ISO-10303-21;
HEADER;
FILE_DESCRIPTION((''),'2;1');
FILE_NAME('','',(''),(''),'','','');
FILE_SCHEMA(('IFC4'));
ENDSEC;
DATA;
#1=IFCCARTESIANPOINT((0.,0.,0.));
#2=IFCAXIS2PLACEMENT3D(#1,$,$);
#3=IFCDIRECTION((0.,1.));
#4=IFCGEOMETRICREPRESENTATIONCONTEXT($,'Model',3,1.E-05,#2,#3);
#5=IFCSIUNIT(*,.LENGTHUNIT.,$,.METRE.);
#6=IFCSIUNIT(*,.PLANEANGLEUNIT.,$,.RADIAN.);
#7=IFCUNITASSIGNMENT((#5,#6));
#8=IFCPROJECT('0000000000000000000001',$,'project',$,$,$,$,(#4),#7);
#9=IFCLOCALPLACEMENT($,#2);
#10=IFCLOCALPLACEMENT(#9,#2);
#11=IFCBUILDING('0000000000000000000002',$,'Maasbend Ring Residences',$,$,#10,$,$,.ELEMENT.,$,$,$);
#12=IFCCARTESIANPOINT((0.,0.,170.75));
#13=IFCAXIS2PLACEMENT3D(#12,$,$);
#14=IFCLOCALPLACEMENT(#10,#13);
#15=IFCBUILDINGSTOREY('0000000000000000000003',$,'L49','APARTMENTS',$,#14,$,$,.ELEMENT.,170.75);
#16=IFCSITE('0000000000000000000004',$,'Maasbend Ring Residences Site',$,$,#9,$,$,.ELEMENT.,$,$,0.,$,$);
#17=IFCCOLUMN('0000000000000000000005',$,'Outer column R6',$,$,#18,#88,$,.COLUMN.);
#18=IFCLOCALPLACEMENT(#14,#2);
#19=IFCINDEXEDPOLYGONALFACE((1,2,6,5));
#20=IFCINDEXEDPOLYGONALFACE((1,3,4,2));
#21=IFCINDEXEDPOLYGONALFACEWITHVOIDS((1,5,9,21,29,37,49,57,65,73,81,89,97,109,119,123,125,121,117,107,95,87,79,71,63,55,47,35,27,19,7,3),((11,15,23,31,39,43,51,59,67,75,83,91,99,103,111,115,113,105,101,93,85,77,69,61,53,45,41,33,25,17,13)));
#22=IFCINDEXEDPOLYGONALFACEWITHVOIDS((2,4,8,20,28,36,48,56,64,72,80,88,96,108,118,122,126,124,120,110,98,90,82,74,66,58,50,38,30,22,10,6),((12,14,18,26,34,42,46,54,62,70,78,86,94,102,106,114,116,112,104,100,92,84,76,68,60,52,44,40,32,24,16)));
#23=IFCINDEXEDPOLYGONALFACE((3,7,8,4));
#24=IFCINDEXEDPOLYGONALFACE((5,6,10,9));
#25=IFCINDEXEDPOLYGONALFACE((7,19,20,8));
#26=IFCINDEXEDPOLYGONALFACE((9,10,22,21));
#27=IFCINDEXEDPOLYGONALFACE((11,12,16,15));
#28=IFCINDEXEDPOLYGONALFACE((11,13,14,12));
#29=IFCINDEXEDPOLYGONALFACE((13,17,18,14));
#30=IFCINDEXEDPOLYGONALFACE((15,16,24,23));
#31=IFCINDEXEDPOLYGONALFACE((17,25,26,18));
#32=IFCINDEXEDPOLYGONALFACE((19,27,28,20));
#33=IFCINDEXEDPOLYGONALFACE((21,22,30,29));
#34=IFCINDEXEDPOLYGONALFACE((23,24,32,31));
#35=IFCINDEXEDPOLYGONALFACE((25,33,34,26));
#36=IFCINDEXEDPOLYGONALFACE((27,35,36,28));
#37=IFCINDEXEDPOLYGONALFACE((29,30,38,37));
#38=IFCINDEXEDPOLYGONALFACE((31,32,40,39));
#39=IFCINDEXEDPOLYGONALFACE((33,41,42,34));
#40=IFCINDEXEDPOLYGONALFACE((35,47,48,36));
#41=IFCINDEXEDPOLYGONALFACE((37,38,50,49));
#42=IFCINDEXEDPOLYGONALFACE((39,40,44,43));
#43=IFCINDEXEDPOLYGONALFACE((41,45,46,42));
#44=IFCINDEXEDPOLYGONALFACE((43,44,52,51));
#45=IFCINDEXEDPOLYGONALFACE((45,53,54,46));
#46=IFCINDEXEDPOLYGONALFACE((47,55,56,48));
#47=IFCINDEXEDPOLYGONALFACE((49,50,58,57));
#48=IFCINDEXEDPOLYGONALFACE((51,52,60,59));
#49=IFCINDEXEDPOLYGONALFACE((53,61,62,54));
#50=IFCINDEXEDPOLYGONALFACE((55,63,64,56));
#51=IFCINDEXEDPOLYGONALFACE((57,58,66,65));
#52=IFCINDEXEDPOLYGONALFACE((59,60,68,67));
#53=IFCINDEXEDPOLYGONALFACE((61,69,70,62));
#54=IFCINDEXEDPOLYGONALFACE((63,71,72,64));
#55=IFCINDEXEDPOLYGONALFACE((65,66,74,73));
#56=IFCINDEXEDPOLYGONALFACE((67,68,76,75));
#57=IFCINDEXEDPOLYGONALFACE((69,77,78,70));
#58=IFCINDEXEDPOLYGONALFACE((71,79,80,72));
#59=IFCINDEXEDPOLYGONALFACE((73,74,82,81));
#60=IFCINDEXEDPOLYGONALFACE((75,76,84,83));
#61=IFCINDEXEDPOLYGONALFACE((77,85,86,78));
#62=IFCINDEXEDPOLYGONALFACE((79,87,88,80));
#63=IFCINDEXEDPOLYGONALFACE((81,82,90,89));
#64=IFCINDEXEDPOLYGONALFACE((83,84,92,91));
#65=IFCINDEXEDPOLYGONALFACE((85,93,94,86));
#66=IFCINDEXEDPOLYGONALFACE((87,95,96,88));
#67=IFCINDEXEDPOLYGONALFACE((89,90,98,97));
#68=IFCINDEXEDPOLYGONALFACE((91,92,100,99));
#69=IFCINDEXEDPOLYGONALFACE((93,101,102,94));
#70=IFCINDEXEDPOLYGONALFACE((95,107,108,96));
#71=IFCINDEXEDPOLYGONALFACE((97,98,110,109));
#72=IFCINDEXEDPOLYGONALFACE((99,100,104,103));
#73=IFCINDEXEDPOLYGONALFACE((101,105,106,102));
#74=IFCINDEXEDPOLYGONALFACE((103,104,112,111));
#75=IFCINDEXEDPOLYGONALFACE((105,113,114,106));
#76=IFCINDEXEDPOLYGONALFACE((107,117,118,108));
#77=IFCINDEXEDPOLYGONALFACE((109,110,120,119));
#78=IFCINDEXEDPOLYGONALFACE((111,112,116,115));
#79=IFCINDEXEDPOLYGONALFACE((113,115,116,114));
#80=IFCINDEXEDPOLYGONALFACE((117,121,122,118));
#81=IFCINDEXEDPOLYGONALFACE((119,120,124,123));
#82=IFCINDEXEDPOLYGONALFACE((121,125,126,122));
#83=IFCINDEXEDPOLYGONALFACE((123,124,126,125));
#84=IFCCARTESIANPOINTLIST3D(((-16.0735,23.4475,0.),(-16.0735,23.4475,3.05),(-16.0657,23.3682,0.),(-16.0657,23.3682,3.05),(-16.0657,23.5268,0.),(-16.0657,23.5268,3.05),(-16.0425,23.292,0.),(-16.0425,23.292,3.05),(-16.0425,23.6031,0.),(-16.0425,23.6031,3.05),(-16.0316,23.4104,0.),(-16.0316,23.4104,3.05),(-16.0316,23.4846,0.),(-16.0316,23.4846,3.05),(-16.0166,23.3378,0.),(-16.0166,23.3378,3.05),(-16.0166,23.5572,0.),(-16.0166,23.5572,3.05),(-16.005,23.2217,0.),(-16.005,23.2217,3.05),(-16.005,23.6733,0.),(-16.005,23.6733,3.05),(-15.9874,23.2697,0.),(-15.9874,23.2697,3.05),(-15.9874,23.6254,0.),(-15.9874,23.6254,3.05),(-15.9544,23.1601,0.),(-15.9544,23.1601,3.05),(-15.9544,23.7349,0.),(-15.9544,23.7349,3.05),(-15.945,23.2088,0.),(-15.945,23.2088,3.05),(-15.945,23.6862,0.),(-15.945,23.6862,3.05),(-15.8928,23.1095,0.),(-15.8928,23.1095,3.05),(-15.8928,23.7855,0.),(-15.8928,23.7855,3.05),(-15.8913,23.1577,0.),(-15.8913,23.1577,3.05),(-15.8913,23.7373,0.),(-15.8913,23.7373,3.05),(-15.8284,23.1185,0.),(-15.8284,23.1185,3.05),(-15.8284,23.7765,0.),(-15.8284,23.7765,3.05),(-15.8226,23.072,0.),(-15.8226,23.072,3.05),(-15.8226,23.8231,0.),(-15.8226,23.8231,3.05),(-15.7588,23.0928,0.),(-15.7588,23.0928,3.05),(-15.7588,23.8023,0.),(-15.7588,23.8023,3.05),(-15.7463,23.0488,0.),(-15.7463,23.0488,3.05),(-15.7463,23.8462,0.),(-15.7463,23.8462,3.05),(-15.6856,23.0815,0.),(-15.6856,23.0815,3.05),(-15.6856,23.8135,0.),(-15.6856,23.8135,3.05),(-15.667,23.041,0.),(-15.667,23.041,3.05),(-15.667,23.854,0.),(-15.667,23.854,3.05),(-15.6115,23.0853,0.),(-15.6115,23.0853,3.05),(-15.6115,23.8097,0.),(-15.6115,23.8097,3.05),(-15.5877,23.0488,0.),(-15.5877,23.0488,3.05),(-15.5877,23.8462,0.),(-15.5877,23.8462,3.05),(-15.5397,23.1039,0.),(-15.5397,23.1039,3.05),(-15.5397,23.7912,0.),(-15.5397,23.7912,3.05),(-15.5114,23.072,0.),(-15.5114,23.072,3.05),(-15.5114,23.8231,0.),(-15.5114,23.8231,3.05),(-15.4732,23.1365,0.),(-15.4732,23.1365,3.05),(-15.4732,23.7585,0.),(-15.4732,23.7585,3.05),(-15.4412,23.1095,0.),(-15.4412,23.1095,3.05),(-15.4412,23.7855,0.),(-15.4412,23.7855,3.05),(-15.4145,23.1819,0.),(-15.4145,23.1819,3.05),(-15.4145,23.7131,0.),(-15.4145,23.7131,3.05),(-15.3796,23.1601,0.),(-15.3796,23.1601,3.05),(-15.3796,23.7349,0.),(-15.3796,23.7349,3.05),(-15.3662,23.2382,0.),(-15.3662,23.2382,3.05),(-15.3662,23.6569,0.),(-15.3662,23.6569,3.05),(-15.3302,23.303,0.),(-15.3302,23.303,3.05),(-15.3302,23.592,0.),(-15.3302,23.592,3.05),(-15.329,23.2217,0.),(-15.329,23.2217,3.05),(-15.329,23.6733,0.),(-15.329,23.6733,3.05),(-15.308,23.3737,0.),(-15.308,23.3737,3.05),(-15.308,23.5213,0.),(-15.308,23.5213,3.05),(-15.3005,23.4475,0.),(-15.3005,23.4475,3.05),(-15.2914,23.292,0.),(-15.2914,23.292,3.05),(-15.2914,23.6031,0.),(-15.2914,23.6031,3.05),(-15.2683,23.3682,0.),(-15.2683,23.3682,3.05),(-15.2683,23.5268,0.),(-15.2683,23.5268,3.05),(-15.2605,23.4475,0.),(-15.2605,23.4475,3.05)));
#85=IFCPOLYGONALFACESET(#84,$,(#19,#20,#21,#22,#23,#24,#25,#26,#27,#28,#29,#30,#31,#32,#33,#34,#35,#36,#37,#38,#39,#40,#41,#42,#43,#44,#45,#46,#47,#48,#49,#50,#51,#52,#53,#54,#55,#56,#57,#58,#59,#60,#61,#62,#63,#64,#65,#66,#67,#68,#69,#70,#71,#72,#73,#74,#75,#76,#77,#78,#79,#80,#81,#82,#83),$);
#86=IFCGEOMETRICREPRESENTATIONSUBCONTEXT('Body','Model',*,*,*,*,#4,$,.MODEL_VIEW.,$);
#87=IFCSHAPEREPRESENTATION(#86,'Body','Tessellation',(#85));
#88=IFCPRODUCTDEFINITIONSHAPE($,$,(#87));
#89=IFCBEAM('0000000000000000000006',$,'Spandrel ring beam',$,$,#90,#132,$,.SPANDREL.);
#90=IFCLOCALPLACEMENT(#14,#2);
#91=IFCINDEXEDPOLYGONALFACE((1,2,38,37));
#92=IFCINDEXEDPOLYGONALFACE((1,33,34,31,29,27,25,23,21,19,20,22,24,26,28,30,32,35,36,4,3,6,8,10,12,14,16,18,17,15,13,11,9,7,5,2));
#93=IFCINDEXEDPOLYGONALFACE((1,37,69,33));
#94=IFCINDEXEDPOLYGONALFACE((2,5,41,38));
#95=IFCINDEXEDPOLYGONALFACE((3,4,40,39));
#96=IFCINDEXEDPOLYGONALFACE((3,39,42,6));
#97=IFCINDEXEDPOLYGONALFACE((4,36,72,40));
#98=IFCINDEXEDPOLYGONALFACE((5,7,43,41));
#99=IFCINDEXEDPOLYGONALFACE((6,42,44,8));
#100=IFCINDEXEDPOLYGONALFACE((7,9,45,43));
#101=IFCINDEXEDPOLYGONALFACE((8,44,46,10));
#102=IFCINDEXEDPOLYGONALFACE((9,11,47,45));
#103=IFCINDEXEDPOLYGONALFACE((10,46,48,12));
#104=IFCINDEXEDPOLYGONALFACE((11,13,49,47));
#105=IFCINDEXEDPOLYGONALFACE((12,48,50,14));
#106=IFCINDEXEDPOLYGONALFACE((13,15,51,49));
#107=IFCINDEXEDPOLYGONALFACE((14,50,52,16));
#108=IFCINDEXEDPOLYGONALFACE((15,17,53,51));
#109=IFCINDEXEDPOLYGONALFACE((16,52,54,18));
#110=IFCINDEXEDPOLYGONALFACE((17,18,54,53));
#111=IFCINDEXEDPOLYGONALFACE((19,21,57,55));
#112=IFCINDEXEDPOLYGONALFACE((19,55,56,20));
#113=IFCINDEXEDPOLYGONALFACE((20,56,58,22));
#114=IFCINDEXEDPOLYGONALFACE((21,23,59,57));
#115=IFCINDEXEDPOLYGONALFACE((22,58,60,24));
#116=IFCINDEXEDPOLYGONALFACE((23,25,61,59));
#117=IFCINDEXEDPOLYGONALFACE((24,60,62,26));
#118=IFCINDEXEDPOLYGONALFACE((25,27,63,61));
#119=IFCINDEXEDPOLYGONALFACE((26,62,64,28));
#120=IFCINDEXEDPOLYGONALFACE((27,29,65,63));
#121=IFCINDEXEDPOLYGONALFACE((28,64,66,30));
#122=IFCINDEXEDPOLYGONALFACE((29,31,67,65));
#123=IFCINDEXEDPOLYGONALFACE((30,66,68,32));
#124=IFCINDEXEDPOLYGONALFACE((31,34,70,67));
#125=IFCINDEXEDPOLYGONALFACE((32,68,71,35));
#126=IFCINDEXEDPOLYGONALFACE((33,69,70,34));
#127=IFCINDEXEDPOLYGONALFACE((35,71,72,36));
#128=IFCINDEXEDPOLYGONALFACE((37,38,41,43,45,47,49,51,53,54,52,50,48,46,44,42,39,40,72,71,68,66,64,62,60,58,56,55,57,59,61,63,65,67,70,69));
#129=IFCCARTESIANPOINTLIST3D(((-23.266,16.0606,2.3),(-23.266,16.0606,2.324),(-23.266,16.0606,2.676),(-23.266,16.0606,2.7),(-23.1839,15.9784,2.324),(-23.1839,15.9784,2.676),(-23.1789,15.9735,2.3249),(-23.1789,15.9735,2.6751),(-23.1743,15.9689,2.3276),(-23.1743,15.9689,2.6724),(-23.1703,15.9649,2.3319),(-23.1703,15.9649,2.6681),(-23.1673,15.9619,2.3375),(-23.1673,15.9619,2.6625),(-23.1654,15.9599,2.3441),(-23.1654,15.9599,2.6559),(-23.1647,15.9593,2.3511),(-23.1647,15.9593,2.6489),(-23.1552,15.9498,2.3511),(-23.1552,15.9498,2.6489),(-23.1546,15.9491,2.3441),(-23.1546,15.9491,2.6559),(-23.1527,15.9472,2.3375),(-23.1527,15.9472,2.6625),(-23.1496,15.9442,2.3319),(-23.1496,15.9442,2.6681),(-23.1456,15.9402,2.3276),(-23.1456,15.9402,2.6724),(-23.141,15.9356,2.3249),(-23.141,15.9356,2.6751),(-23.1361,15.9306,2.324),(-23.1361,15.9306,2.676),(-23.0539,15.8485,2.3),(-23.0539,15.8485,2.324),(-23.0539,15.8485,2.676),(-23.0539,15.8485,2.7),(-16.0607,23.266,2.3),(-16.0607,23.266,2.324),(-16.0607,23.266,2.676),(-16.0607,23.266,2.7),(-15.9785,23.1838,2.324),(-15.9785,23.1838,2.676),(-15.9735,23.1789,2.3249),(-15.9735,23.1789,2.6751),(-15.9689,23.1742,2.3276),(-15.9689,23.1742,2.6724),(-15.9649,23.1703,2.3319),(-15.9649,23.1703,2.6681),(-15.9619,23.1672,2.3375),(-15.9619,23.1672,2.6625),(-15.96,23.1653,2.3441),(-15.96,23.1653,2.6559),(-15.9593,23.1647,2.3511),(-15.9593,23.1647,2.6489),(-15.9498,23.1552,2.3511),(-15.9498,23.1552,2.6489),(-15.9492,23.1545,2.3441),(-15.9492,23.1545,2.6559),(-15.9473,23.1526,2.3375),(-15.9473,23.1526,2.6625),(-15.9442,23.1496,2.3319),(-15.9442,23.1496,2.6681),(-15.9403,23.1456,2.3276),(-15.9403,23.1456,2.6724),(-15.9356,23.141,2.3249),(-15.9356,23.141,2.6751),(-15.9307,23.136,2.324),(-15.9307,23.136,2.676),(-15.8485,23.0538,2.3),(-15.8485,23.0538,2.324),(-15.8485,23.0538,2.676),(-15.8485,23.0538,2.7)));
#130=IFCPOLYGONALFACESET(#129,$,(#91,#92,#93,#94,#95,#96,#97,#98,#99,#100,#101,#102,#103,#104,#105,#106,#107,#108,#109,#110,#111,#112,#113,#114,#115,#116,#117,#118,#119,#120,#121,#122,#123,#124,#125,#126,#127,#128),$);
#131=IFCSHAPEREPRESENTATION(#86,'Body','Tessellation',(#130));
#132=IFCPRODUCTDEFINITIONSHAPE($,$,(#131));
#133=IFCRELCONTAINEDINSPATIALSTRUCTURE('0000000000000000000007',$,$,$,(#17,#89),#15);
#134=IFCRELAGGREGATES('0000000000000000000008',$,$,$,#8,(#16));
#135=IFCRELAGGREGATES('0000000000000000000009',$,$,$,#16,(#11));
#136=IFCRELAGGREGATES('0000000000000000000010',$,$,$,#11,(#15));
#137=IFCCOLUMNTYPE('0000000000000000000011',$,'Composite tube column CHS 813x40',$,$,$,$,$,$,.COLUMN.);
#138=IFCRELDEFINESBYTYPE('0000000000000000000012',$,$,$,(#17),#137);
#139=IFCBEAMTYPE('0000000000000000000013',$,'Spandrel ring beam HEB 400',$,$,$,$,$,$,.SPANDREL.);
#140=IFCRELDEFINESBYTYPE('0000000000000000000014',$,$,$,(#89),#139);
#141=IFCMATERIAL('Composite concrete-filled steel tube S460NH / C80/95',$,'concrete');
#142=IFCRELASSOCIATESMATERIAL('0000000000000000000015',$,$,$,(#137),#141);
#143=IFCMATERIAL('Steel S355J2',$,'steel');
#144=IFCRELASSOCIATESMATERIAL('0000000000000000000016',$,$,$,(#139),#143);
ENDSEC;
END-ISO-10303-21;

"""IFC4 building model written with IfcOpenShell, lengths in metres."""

from ifc_helpers import new_model, si_unit, direction, frame, origin, origin_2d, place, context, subcontext, project, spatial, hollow_circle, i_section, extrude, material, material_profile, profile_set, type_object, element, save


model = new_model("IFC4")

# Units and contexts
model_context = context("Model", 3, precision=1e-05, world=origin(), true_north=direction((0.0, 1.0)))
body_context = subcontext(model_context, "Body", "Model", "MODEL_VIEW")
ifc_project = project(units=[si_unit("LENGTHUNIT", "METRE"), si_unit("PLANEANGLEUNIT", "RADIAN")], contexts=[model_context])

# Site, building, storey
site_placement = place(None, origin())
site = spatial("IfcSite", under=ifc_project, at=site_placement, Name="Maasbend Ring Residences Site", CompositionType="ELEMENT", RefElevation=0.0)
building_placement = place(site_placement, origin())
building = spatial("IfcBuilding", under=site, at=building_placement, Name="Maasbend Ring Residences", CompositionType="ELEMENT")
storey_placement = place(building_placement, frame((0.0, 0.0, 170.75)))
storey = spatial("IfcBuildingStorey", under=building, at=storey_placement, Name="L49", Description="APARTMENTS", CompositionType="ELEMENT", Elevation=170.75)

# Column
ifc_material_1 = material(Name="Composite concrete-filled steel tube S460NH / C80/95", Category="concrete")
ifc_material_profile_1 = material_profile(ifc_material_1, hollow_circle(Radius=0.4065, WallThickness=0.04, at=origin_2d()), Name="Composite tube column CHS 813x40")
ifc_profile_set_1 = profile_set([ifc_material_profile_1], Name="Composite concrete-filled steel tube S460NH / C80/95")
column_type = type_object("IfcColumnType", Name="Composite tube column CHS 813x40", PredefinedType="COLUMN", material=ifc_profile_set_1)
column_placement = place(storey_placement, frame((-15.667, 23.4475, 0.0), z_axis=(0.0, 0.0, 1.0), x_axis=(1.0, 0.0, 0.0)))
element("IfcColumn", 1, at=column_placement, inside=storey, type_object=column_type, Name="Outer column R6", PredefinedType="COLUMN", context=body_context, shape_type="SweptSolid", body=[
    extrude(hollow_circle(Radius=0.4065, WallThickness=0.04, at=origin_2d()), origin(), (0.0, 0.0, 1.0), 3.05),
])

# Beam
ifc_material_2 = material(Name="Steel S355J2", Category="steel")
ifc_material_profile_2 = material_profile(ifc_material_2, i_section(OverallWidth=0.3, OverallDepth=0.3999, WebThickness=0.0134, FlangeThickness=0.0239, FilletRadius=0.0271, at=origin_2d()), Name="HEB 400")
ifc_profile_set_2 = profile_set([ifc_material_profile_2], Name="Steel S355J2")
beam_type = type_object("IfcBeamType", Name="Spandrel ring beam HEB 400", PredefinedType="SPANDREL", material=ifc_profile_set_2)
beam_placement = place(storey_placement, frame((-15.9546, 23.1599, 2.5), z_axis=(-0.707107, -0.707107, 0.0), x_axis=(0.707107, -0.707107, 0.0)))
element("IfcBeam", 2, at=beam_placement, inside=storey, type_object=beam_type, Name="Spandrel ring beam", PredefinedType="SPANDREL", context=body_context, shape_type="SweptSolid", body=[
    extrude(i_section(OverallWidth=0.3, OverallDepth=0.3999, WebThickness=0.0134, FlangeThickness=0.0239, FilletRadius=0.0271, at=origin_2d()), origin(), (0.0, 0.0, 1.0), 10.1899),
])

save(model, "model.ifc")
